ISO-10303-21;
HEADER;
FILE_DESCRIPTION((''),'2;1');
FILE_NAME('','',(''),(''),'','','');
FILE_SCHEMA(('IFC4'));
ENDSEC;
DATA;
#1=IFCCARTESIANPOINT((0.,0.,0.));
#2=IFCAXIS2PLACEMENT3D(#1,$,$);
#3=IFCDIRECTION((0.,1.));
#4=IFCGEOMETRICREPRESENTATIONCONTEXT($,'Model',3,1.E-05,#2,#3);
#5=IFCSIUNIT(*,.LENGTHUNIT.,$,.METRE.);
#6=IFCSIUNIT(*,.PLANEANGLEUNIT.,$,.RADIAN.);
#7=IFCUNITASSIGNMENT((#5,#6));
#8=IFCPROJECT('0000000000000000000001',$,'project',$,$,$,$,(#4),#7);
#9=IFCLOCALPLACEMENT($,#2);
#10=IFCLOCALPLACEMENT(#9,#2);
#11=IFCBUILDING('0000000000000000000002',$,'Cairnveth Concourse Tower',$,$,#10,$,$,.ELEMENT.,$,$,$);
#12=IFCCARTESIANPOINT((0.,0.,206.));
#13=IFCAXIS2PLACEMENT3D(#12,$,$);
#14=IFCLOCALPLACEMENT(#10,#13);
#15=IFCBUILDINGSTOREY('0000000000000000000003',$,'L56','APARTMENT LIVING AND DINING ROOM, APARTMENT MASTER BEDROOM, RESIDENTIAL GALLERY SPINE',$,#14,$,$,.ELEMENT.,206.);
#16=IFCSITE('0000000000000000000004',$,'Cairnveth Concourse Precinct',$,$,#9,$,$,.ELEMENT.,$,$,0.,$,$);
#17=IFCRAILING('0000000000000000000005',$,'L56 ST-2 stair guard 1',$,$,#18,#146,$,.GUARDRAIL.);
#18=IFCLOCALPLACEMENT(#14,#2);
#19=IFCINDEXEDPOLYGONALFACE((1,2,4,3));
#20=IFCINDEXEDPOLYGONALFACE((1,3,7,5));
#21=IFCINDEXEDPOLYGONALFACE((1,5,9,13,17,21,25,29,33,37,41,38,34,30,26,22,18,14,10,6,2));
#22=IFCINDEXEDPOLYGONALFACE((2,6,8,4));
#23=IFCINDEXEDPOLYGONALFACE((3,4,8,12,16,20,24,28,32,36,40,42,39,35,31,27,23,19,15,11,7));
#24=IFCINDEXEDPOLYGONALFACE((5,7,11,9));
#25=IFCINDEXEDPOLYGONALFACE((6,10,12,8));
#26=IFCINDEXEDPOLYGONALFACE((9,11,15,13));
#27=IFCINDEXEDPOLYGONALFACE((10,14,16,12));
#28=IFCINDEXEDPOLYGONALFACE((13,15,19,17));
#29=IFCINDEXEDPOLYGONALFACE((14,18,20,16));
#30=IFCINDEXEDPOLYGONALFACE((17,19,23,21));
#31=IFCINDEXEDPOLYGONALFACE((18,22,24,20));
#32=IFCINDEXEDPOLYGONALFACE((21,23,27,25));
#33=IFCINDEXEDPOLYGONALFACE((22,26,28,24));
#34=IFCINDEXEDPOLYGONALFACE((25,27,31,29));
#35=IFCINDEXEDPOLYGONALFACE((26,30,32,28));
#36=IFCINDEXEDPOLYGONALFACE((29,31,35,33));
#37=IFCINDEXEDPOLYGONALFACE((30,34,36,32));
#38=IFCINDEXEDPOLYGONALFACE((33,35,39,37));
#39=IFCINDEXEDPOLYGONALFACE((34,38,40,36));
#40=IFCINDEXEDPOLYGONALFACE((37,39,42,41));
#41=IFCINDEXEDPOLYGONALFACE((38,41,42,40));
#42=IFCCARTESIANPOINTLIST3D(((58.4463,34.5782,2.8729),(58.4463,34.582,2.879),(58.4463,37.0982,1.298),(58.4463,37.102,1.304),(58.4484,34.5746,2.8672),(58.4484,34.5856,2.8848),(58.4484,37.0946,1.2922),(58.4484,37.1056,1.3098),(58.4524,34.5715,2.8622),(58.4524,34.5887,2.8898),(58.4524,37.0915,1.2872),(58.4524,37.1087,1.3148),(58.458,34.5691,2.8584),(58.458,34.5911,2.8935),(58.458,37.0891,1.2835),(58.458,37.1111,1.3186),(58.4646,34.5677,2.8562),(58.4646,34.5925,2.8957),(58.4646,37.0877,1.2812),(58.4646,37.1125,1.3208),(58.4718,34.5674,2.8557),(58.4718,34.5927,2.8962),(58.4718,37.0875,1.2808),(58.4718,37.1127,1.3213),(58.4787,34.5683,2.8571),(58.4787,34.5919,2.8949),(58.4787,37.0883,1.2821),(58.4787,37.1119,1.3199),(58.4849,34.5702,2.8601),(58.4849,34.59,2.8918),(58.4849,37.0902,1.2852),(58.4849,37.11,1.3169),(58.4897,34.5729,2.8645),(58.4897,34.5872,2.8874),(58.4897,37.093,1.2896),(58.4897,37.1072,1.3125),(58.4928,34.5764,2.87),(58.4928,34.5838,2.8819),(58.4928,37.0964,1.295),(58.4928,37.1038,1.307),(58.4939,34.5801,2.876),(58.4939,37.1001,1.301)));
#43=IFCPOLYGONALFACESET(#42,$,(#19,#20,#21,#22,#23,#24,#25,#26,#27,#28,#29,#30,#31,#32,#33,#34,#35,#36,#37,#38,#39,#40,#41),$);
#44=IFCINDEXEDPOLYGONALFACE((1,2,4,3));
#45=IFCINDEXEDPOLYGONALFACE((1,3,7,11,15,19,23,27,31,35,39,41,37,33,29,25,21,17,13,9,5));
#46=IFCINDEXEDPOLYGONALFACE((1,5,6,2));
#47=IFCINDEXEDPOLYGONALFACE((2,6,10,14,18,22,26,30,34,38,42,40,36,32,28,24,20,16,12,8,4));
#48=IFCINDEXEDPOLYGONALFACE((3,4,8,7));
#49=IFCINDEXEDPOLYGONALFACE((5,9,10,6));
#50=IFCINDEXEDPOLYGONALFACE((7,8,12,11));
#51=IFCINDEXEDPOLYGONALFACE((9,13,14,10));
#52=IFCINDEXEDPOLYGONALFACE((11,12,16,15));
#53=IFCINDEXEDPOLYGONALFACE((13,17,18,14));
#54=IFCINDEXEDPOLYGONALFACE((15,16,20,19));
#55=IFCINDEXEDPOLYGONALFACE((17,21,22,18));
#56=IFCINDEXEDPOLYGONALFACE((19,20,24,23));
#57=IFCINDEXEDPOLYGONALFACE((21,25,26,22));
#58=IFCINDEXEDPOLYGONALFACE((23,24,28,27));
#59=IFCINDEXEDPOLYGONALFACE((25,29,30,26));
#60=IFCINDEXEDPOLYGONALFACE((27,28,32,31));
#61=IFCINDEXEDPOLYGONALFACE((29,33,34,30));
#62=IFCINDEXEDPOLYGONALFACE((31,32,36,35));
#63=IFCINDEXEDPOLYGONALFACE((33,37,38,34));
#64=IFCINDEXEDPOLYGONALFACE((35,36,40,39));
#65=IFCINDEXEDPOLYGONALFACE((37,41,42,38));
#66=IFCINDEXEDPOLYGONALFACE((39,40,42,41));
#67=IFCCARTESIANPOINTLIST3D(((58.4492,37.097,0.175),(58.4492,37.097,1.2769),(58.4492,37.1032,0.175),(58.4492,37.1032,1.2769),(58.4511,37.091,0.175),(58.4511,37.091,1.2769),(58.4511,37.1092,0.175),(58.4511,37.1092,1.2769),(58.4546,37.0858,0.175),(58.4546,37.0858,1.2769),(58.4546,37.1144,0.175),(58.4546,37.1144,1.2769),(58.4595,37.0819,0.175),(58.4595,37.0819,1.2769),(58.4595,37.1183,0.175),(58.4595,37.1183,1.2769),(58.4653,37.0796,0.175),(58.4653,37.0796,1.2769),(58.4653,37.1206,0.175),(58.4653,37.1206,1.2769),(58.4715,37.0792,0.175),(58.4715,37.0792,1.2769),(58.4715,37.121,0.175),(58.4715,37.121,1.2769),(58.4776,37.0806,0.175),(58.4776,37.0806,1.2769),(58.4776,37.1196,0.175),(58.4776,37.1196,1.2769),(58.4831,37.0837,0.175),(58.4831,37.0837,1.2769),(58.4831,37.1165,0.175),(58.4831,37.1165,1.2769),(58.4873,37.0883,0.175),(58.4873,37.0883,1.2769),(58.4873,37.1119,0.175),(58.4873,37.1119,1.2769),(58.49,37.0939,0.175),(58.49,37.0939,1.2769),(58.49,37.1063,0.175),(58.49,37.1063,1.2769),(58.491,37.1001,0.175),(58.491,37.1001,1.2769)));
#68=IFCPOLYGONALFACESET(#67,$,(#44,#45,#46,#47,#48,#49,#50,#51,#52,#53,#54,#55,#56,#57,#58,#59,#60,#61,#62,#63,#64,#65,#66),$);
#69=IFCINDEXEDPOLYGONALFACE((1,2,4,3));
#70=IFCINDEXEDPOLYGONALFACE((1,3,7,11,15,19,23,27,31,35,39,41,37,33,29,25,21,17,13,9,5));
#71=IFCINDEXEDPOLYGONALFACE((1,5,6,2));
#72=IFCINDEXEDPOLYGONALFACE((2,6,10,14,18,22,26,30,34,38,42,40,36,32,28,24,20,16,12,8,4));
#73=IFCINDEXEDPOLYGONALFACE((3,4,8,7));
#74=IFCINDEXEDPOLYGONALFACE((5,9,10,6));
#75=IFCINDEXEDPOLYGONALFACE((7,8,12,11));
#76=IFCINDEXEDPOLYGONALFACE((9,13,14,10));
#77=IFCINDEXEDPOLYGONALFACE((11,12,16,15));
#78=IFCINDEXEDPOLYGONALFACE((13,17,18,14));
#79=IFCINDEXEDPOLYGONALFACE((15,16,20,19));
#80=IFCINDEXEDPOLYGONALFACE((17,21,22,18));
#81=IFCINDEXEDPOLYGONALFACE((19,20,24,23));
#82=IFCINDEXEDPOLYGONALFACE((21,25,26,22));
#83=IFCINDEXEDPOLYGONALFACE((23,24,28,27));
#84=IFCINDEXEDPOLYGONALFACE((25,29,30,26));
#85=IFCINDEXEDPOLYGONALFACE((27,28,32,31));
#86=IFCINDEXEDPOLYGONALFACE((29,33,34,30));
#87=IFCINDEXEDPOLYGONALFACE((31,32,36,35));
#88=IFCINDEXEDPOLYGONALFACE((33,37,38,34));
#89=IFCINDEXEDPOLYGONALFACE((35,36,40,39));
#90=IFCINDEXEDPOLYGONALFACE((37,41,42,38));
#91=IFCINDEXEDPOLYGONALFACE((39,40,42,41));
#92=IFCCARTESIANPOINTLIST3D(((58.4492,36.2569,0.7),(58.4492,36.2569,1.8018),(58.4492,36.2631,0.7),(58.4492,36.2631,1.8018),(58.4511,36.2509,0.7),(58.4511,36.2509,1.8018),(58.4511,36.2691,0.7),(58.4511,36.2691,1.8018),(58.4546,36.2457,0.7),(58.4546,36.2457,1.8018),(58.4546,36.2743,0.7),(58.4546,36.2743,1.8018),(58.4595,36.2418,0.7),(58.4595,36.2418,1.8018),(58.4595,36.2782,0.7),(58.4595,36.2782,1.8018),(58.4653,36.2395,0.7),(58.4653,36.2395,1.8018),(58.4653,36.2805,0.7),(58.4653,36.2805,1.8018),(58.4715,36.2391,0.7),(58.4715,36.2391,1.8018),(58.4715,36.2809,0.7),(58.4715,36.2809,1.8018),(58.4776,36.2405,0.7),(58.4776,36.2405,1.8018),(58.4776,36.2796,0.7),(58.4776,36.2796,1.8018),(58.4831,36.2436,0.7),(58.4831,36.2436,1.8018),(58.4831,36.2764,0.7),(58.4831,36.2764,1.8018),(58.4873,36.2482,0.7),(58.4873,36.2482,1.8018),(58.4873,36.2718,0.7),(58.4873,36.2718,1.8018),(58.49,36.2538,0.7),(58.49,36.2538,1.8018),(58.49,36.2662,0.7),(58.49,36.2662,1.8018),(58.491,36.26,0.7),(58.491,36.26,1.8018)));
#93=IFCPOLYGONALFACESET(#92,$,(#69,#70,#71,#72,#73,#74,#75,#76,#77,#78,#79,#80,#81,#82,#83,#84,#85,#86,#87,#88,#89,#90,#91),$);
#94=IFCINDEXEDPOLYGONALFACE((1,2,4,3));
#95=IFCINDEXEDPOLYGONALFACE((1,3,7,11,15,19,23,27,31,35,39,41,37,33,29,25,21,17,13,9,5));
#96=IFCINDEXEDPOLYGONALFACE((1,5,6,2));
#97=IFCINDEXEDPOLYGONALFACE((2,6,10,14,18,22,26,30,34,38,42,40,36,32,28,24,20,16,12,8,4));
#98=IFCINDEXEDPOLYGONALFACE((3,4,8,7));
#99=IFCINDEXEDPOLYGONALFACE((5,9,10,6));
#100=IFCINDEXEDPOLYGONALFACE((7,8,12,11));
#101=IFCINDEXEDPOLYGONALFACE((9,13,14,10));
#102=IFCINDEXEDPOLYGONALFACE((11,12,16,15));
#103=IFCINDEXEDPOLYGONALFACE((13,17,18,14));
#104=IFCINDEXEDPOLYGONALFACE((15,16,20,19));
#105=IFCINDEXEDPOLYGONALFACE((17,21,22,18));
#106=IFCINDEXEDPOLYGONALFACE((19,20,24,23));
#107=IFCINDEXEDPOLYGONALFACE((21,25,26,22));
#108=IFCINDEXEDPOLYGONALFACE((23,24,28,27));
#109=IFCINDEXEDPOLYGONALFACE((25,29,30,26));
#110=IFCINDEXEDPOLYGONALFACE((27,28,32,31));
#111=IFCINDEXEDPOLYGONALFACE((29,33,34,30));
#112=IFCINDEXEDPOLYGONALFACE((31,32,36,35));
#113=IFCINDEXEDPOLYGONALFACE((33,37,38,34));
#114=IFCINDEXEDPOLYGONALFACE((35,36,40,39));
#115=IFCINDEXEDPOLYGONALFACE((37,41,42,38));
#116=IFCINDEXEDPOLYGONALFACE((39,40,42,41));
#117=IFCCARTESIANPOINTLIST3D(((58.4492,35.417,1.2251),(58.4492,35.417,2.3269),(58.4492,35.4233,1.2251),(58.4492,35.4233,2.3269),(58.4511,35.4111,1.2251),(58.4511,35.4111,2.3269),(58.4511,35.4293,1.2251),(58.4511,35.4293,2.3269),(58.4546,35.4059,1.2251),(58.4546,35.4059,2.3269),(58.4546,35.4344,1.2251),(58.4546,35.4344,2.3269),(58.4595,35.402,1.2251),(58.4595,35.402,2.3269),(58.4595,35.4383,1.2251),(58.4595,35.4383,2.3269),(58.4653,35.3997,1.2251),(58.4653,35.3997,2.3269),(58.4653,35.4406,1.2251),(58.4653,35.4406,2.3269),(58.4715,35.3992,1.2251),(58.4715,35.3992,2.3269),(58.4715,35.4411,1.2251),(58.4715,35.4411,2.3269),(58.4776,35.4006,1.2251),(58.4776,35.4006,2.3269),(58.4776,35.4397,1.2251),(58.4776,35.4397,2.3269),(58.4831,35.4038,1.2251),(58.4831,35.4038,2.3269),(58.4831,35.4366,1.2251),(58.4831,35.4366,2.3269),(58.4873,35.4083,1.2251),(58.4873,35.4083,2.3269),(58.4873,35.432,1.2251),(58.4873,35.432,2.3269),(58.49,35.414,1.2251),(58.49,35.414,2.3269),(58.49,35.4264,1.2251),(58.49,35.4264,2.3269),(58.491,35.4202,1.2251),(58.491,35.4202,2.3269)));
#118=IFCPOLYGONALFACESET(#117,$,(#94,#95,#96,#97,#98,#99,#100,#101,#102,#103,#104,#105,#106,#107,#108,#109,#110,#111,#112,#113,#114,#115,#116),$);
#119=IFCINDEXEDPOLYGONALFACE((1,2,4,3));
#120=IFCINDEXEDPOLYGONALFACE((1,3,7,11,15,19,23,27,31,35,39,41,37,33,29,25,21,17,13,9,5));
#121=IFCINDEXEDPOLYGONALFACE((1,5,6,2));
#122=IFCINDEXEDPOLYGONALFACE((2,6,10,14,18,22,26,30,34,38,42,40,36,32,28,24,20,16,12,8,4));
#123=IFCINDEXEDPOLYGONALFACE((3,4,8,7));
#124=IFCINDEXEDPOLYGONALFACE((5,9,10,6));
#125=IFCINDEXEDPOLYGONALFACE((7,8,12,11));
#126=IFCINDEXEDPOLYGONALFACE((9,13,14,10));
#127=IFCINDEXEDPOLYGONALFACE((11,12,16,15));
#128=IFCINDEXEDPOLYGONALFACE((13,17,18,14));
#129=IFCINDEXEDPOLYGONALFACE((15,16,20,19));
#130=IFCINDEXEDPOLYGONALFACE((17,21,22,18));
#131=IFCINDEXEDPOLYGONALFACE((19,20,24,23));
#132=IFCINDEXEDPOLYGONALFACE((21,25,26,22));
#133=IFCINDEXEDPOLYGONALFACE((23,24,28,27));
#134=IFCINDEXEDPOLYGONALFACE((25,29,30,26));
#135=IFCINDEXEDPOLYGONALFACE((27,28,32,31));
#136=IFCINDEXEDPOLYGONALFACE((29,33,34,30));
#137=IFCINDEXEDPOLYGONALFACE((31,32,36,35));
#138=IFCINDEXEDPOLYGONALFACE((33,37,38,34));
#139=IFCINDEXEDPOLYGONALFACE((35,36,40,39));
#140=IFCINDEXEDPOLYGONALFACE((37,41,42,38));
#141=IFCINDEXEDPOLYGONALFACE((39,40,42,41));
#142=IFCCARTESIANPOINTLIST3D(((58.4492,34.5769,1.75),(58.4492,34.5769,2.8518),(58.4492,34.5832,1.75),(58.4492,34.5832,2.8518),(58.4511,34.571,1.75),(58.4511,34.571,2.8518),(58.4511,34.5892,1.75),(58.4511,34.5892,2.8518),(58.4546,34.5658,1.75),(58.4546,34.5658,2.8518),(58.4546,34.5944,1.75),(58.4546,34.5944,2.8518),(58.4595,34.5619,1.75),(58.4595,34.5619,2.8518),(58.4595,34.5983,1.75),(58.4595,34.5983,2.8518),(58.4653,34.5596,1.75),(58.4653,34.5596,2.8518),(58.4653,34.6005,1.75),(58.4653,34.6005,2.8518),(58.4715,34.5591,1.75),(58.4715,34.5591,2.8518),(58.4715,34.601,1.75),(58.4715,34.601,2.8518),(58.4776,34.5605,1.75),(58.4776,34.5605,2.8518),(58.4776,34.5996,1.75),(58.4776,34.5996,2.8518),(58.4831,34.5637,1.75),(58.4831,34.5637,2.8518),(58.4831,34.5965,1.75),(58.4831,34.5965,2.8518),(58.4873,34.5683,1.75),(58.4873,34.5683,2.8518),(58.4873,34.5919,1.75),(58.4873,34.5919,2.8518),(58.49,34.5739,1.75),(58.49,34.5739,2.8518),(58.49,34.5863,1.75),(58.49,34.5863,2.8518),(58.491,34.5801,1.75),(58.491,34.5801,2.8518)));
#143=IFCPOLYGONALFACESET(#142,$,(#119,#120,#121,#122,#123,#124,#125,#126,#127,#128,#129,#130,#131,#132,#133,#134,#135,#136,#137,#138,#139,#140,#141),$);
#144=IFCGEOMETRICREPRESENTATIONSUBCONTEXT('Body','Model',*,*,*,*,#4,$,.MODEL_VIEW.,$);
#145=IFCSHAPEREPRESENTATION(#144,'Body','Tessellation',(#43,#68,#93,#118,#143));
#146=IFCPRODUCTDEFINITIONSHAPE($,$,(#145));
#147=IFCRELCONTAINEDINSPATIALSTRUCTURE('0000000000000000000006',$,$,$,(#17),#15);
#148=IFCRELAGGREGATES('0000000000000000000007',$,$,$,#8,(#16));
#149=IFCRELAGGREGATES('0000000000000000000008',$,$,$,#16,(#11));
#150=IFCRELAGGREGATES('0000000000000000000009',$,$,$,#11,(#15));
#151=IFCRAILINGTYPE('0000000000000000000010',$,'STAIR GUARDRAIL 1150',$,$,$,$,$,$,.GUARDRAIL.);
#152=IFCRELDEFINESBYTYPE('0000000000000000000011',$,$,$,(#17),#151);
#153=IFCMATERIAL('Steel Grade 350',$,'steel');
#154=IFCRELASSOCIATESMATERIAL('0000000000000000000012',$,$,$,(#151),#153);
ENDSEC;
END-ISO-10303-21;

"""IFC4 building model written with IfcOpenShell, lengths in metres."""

from ifc_helpers import new_model, si_unit, direction, frame, origin, origin_2d, place, context, subcontext, project, spatial, circle, extrude, material, type_object, element, save


model = new_model("IFC4")

# Units and contexts
model_context = context("Model", 3, precision=1e-05, world=origin(), true_north=direction((0.0, 1.0)))
body_context = subcontext(model_context, "Body", "Model", "MODEL_VIEW")
ifc_project = project(units=[si_unit("LENGTHUNIT", "METRE"), si_unit("PLANEANGLEUNIT", "RADIAN")], contexts=[model_context])

# Site, building, storey
site_placement = place(None, origin())
site = spatial("IfcSite", under=ifc_project, at=site_placement, Name="Cairnveth Concourse Precinct", CompositionType="ELEMENT", RefElevation=0.0)
building_placement = place(site_placement, origin())
building = spatial("IfcBuilding", under=site, at=building_placement, Name="Cairnveth Concourse Tower", CompositionType="ELEMENT")
storey_placement = place(building_placement, frame((0.0, 0.0, 206.0)))
storey = spatial("IfcBuildingStorey", under=building, at=storey_placement, Name="L56", Description="APARTMENT LIVING AND DINING ROOM, APARTMENT MASTER BEDROOM, RESIDENTIAL GALLERY SPINE", CompositionType="ELEMENT", Elevation=206.0)

# Shared definitions
ifc_material_1 = material(Name="Steel Grade 350", Category="steel")

# Railing
railing_type_1 = type_object("IfcRailingType", Name="STAIR GUARDRAIL 1150", PredefinedType="GUARDRAIL", material=ifc_material_1)
railing_1_placement = place(storey_placement, frame((58.47, 37.1001, 0.175)))
element("IfcRailing", 1, at=railing_1_placement, inside=storey, type_object=railing_type_1, Name="L56 ST-2 stair guard 1", PredefinedType="GUARDRAIL", context=body_context, shape_type="SweptSolid", body=[
    extrude(circle(Radius=0.0239, at=origin_2d()), frame((0.0, 0.0, 1.126), z_axis=(0.0, -0.848008, 0.529984), x_axis=(1.0, 0.0, 0.0)), (0.0, 0.0, 1.0), 2.9717),
    extrude(circle(Radius=0.021, at=origin_2d()), origin(), (0.0, 0.0, 1.0), 1.1018),
    extrude(circle(Radius=0.021, at=origin_2d()), frame((0.0, -0.8401, 0.5249)), (0.0, 0.0, 1.0), 1.1018),
    extrude(circle(Radius=0.021, at=origin_2d()), frame((0.0, -1.6799, 1.05)), (0.0, 0.0, 1.0), 1.1018),
    extrude(circle(Radius=0.021, at=origin_2d()), frame((0.0, -2.52, 1.575)), (0.0, 0.0, 1.0), 1.1018),
])

save(model, "model.ifc")
